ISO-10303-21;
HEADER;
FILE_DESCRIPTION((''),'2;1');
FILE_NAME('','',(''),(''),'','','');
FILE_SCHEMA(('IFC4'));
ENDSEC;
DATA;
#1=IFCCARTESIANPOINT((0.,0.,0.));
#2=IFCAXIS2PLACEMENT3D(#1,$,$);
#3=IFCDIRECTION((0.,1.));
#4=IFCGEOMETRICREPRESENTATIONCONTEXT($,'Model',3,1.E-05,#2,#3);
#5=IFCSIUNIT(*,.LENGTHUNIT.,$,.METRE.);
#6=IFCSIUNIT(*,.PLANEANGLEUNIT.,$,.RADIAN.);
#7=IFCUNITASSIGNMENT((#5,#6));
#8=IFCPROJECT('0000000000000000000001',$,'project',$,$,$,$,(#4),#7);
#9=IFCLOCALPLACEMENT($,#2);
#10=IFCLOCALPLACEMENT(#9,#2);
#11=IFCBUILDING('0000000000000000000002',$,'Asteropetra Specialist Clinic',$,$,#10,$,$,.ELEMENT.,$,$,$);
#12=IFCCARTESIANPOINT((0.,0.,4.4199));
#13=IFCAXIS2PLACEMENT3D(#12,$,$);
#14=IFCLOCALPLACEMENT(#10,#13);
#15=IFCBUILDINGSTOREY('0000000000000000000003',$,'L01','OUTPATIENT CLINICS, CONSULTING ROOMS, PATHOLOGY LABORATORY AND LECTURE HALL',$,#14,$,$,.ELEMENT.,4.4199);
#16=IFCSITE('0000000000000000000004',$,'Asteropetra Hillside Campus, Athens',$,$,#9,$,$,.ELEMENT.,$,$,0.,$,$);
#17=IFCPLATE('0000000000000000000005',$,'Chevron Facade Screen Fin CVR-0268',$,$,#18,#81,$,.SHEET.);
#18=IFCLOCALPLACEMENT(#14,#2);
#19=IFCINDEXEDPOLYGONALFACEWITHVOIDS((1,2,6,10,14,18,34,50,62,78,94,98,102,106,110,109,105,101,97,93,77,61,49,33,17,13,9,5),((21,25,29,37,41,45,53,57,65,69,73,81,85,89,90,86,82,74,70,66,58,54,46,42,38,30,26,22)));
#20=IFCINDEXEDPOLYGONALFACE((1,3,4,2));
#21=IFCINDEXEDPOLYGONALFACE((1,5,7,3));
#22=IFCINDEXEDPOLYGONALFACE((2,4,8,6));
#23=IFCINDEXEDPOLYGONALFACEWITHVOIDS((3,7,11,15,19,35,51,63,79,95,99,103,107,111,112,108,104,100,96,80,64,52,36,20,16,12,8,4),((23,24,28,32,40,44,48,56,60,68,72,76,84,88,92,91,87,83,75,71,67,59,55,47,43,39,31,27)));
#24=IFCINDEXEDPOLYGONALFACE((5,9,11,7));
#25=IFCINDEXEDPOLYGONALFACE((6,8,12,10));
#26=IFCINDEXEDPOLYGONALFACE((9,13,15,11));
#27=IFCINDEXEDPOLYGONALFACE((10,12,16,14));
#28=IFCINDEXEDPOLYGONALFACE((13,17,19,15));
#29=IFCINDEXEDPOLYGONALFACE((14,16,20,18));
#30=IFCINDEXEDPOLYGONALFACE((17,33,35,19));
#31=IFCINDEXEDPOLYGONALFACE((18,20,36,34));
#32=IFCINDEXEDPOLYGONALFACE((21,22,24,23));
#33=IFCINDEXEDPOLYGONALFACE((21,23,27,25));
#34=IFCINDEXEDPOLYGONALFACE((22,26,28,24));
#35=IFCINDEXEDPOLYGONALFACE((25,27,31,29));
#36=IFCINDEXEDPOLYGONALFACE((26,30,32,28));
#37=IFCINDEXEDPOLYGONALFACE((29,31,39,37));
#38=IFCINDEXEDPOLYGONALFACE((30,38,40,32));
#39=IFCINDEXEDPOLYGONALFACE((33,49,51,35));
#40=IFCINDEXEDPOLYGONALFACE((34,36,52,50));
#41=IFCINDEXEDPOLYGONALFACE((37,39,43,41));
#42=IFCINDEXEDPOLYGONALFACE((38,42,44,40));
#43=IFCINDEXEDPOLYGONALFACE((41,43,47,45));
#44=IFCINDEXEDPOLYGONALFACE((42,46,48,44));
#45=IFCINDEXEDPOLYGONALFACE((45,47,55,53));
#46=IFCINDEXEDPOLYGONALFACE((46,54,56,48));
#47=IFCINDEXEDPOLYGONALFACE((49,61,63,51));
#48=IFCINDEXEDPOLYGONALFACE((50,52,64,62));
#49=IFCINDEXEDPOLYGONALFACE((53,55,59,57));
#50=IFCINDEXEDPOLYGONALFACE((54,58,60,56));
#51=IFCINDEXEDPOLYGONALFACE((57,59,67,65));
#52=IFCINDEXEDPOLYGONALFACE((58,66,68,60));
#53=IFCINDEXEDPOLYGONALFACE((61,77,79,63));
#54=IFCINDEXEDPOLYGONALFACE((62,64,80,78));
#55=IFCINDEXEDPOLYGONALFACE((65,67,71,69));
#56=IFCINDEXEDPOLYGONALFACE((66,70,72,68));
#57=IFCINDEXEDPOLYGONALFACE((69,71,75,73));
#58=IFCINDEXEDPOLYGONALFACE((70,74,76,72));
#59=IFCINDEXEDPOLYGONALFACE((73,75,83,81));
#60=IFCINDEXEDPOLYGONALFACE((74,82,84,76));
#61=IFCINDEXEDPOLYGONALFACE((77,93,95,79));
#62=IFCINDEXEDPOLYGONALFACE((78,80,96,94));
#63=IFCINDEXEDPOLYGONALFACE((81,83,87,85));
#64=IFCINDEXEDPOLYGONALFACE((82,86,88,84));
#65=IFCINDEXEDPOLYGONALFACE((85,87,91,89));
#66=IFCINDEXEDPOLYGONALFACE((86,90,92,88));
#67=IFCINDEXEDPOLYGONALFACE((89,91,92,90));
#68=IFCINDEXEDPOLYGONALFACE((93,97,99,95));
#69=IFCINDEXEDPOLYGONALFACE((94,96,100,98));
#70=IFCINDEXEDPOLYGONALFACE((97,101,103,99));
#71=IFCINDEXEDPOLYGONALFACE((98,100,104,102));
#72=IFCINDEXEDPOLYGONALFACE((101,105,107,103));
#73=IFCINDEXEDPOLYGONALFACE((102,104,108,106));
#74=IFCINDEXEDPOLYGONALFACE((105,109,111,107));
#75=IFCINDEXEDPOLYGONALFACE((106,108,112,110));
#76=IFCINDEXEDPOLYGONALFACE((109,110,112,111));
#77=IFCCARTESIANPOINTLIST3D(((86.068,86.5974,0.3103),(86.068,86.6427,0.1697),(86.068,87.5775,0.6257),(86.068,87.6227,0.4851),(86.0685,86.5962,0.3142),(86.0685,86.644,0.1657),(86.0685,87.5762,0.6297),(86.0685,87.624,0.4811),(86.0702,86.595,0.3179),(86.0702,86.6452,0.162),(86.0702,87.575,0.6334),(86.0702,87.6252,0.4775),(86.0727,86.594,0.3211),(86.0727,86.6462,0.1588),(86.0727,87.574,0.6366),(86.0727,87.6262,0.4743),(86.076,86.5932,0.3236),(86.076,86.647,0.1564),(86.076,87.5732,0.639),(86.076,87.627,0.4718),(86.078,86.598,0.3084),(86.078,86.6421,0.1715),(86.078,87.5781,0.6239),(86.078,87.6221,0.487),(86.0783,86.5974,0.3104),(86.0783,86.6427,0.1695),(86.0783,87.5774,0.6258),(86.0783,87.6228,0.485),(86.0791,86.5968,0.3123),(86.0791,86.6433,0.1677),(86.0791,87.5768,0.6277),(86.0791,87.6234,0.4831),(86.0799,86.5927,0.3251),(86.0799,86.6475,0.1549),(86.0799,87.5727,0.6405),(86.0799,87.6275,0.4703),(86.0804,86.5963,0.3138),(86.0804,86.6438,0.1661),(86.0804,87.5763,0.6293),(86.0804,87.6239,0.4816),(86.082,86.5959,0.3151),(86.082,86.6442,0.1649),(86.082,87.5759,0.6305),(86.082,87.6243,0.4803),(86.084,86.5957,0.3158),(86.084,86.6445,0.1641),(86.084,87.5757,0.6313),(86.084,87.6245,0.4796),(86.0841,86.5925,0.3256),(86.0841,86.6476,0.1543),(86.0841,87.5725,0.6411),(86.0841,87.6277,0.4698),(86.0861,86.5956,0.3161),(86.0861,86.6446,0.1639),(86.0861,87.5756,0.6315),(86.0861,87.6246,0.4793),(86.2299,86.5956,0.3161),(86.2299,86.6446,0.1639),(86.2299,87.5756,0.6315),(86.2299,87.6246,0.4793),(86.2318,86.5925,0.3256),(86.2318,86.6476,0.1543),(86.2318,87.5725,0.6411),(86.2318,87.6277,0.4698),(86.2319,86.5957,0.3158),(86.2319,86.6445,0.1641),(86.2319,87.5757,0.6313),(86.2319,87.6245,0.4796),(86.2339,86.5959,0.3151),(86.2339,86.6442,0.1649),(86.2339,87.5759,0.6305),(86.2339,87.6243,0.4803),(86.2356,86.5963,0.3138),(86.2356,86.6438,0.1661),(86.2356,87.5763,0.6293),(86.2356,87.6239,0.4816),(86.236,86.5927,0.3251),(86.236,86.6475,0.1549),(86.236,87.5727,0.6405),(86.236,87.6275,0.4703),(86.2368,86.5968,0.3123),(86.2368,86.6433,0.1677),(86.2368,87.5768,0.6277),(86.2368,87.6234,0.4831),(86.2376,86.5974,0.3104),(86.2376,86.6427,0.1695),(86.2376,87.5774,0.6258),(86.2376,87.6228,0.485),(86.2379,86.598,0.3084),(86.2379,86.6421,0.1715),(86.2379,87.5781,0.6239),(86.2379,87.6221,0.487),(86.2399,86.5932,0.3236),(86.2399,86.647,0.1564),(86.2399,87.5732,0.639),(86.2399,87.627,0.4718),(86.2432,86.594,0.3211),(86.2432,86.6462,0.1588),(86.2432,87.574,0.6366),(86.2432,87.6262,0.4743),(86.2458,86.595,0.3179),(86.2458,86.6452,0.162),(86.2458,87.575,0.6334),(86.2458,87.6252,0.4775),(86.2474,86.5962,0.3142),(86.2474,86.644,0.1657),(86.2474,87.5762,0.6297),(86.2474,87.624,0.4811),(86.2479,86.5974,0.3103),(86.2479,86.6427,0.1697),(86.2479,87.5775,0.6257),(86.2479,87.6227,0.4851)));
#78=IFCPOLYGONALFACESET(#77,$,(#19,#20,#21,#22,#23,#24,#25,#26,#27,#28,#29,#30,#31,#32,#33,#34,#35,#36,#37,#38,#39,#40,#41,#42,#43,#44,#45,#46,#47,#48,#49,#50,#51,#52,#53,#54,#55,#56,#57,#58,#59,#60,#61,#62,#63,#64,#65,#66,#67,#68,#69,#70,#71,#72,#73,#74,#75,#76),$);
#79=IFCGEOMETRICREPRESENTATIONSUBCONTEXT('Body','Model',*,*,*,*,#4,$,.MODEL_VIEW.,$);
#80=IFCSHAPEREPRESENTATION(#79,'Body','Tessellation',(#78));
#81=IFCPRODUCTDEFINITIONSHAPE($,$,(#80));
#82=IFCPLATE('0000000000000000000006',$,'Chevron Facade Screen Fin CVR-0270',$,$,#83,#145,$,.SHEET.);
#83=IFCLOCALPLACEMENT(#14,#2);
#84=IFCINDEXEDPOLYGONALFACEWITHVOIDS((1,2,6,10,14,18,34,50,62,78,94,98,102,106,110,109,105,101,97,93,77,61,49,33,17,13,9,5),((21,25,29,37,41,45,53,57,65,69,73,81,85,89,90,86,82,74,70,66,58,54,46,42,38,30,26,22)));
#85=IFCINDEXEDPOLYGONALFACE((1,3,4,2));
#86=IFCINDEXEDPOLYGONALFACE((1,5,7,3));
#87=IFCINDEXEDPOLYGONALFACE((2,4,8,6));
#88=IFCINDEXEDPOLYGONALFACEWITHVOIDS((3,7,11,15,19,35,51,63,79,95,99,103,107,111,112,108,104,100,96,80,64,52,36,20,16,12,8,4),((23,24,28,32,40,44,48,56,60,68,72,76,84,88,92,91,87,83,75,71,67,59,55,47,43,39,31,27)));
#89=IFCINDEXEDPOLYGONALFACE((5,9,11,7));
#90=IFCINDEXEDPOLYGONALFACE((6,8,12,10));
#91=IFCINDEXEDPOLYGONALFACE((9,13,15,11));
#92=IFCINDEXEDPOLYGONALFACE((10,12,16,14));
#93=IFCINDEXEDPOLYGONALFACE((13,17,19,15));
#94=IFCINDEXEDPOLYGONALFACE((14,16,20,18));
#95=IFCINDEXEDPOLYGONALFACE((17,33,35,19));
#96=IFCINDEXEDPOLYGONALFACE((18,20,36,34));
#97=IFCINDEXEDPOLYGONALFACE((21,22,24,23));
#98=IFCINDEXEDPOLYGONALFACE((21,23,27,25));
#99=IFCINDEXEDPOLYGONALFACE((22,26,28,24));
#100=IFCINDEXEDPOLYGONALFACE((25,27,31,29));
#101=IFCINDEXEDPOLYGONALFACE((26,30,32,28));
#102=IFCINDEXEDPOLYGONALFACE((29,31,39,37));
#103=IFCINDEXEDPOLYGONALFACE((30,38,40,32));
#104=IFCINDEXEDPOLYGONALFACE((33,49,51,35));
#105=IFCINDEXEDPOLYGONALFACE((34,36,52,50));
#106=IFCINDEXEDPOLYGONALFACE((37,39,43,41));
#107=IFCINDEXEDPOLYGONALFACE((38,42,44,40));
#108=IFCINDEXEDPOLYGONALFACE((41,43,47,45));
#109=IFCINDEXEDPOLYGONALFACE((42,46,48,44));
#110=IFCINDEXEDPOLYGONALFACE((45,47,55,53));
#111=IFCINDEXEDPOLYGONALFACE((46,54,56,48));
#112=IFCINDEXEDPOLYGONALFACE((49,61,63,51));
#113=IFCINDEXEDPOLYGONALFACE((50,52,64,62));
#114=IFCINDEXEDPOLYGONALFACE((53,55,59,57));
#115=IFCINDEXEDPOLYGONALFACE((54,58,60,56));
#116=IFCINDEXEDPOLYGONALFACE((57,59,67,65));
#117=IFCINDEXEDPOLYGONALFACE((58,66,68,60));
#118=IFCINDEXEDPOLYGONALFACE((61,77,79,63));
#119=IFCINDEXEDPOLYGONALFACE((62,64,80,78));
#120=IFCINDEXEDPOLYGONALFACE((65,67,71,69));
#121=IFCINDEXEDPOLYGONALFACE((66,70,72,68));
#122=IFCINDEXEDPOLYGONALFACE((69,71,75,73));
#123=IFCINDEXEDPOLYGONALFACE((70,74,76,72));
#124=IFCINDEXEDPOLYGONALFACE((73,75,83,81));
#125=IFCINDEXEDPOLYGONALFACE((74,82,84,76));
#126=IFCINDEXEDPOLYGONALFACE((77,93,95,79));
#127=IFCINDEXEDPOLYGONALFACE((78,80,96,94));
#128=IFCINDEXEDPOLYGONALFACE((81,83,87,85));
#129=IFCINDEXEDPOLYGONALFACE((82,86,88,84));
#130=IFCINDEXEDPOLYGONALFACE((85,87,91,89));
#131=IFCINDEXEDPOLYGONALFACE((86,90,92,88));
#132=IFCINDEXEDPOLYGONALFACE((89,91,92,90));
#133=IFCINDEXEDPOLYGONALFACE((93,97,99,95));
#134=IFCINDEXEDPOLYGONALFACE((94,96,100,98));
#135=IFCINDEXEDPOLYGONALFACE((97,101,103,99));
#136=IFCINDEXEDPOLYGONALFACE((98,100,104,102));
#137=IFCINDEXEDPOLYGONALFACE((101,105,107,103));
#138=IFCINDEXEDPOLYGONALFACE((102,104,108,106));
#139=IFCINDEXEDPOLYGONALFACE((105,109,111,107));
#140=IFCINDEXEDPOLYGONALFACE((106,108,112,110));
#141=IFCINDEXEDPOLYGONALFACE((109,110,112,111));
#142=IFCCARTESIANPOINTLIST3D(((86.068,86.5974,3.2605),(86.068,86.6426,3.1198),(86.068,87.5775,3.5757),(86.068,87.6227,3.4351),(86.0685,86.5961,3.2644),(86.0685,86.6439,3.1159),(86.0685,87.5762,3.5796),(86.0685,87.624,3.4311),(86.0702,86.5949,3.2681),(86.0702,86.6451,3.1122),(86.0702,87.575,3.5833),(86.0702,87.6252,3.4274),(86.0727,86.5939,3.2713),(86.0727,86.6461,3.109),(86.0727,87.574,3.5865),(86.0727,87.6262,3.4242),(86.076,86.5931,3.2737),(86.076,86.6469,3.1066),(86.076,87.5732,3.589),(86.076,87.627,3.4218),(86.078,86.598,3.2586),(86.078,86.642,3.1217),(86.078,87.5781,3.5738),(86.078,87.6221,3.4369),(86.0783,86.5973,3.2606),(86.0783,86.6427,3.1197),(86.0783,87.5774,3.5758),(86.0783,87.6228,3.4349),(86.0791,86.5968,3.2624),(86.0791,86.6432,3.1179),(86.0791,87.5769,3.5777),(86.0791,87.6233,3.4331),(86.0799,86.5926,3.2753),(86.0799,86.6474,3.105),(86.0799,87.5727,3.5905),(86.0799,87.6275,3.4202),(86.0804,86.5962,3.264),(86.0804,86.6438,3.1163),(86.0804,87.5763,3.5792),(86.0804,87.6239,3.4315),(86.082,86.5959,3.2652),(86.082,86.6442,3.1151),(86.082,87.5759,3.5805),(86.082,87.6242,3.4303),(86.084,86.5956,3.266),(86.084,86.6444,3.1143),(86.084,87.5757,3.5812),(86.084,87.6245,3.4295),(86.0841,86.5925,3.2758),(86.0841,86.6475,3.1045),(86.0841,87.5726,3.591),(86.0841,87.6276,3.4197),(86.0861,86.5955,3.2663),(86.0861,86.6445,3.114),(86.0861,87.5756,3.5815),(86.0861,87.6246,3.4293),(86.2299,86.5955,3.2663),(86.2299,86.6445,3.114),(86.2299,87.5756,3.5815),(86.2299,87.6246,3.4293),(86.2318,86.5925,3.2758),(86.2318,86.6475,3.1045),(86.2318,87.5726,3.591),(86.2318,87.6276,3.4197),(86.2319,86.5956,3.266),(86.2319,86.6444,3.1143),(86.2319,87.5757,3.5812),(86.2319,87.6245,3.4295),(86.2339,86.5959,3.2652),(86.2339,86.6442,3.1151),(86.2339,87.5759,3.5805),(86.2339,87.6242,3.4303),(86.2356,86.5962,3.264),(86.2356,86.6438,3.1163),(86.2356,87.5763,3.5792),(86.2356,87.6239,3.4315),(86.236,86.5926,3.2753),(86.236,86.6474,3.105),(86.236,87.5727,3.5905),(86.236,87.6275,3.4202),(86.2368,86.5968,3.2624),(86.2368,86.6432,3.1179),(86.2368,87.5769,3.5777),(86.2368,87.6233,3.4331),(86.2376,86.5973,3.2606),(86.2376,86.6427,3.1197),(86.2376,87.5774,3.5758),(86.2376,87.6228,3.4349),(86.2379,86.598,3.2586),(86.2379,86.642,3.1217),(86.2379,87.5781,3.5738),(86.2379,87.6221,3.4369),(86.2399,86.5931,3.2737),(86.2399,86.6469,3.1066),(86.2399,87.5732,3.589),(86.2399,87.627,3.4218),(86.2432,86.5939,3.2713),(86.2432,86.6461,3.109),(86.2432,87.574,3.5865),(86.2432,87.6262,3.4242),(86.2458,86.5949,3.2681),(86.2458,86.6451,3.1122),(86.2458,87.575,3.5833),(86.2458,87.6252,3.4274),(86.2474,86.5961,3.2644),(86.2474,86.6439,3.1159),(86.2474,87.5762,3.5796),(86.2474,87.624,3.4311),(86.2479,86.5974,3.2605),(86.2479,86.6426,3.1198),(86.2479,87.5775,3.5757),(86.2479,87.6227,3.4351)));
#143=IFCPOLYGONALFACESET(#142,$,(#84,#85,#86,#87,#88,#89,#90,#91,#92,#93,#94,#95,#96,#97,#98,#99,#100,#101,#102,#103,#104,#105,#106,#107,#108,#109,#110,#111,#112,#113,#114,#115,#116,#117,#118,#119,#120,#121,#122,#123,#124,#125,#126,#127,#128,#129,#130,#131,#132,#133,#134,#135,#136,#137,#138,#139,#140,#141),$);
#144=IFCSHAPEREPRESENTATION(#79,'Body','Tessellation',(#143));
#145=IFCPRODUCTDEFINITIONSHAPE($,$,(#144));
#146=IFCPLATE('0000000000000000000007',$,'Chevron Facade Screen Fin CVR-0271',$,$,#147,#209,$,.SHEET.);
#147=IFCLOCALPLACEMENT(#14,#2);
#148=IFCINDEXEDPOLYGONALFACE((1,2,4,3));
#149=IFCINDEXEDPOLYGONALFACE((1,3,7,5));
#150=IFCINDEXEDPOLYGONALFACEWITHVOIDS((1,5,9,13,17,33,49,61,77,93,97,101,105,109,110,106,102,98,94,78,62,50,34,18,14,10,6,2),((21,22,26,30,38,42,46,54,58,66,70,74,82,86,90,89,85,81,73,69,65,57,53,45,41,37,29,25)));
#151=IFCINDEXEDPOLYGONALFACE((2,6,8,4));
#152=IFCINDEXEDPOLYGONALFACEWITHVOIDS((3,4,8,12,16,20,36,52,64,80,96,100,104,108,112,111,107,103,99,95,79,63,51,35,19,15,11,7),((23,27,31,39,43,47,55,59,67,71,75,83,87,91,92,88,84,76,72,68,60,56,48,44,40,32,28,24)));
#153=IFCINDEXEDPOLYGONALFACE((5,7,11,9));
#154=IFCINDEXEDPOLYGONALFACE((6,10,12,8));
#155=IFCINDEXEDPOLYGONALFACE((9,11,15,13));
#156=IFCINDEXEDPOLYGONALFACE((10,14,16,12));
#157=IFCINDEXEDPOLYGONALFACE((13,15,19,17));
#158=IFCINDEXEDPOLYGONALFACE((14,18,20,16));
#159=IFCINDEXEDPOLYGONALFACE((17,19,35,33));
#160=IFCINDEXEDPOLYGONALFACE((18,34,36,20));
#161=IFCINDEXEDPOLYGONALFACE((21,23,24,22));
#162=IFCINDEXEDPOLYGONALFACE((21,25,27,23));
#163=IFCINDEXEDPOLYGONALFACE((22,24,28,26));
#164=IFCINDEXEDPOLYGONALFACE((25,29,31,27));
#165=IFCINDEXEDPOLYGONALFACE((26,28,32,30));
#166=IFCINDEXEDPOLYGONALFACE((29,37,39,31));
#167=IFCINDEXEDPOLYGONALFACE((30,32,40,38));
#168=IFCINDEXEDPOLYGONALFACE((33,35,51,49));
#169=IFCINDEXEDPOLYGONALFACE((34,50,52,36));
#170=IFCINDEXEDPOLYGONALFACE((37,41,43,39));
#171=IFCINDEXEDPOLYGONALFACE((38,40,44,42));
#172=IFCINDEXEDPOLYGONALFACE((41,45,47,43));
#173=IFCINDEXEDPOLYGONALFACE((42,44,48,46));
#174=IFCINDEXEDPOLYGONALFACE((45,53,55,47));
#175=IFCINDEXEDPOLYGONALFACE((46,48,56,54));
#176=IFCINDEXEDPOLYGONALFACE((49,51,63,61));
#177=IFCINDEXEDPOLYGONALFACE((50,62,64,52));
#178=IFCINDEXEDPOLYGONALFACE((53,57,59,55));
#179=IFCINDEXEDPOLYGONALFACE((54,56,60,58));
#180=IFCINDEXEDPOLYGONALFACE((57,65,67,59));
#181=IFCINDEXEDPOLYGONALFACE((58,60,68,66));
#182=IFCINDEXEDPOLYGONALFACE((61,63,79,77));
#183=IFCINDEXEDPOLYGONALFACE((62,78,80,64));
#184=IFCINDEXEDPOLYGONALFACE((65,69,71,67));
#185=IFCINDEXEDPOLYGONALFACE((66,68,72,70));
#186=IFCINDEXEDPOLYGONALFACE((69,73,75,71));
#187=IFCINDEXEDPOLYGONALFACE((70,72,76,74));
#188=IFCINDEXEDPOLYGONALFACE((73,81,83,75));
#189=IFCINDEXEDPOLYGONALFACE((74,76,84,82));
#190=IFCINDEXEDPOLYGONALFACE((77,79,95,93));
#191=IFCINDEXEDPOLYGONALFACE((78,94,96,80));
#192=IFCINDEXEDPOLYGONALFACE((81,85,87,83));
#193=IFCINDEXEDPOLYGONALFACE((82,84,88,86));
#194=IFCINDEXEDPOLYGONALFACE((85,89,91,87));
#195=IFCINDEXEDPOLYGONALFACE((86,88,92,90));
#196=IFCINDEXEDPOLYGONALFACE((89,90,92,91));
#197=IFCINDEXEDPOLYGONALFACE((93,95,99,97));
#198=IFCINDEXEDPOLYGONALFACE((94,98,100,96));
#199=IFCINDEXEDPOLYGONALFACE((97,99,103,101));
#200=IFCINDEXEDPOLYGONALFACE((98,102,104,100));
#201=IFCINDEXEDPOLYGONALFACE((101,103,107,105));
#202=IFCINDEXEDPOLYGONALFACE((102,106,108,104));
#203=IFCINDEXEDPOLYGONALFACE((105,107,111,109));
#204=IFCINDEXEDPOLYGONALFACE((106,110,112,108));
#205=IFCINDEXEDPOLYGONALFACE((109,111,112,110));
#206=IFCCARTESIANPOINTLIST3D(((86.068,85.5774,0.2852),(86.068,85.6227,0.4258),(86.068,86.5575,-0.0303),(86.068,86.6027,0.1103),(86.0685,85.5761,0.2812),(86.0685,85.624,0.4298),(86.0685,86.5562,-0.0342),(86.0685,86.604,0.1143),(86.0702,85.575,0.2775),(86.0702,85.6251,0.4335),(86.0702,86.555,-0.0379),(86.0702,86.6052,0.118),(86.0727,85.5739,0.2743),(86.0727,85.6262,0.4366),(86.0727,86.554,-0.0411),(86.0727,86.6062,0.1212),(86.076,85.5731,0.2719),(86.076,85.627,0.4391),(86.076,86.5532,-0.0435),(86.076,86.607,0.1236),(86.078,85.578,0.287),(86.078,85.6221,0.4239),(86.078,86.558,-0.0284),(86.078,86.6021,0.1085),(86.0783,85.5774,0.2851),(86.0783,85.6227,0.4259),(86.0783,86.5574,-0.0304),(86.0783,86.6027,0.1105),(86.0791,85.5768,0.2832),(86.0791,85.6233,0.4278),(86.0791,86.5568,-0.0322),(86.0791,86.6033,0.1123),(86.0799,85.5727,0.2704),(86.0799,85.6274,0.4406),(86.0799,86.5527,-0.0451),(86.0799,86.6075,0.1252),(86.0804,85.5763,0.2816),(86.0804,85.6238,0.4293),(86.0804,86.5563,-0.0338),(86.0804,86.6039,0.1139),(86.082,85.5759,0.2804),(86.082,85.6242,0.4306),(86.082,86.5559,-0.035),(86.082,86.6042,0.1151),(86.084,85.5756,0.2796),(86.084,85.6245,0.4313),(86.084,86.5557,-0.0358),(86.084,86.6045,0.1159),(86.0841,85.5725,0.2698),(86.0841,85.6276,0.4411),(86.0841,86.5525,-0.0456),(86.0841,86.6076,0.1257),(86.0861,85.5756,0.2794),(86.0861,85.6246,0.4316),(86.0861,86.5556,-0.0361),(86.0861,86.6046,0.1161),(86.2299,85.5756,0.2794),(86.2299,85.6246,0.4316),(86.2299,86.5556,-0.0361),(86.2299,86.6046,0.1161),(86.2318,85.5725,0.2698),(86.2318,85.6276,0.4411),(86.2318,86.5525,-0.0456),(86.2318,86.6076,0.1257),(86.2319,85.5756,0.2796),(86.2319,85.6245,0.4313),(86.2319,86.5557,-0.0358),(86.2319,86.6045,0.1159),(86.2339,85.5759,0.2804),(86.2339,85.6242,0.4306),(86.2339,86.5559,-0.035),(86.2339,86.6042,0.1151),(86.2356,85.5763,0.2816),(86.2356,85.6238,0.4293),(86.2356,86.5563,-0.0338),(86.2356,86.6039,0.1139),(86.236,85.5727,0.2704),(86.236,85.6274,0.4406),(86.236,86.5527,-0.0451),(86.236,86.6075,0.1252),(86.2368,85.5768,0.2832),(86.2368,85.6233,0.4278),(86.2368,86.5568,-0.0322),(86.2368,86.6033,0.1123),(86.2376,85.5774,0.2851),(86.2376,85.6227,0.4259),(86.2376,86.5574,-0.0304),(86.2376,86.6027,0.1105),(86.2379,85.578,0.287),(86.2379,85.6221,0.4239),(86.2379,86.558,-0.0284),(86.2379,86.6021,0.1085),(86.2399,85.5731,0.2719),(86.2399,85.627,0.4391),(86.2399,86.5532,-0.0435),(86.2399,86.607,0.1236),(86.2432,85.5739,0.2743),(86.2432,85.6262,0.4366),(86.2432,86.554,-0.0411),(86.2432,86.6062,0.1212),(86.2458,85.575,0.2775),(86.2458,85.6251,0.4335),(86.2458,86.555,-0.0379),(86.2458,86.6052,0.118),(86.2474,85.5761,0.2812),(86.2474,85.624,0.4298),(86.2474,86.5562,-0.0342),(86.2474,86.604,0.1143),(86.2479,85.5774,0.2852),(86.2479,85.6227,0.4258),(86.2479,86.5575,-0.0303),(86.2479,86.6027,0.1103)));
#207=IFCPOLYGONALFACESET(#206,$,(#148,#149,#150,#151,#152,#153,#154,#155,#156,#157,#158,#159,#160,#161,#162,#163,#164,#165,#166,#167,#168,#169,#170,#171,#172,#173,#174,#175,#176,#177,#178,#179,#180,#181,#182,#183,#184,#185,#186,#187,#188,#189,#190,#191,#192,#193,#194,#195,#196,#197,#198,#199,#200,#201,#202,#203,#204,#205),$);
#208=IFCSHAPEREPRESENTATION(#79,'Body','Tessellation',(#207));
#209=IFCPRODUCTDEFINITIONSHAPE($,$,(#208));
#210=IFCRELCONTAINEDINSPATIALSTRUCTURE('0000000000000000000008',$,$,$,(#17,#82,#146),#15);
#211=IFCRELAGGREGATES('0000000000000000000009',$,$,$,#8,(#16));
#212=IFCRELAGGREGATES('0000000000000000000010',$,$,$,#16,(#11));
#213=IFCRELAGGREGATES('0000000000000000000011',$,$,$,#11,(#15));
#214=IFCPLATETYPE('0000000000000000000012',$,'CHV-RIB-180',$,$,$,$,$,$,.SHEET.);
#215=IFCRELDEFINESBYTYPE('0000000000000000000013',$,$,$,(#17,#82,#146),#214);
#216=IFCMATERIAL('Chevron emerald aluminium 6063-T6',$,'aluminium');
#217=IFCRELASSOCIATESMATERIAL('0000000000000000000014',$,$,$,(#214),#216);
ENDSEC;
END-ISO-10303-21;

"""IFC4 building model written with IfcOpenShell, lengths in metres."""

from ifc_helpers import new_model, si_unit, direction, frame, origin, origin_2d, place, context, subcontext, project, spatial, hollow_rectangle, extrude, material, material_profile, profile_set, type_object, element, save


model = new_model("IFC4")

# Units and contexts
model_context = context("Model", 3, precision=1e-05, world=origin(), true_north=direction((0.0, 1.0)))
body_context = subcontext(model_context, "Body", "Model", "MODEL_VIEW")
ifc_project = project(units=[si_unit("LENGTHUNIT", "METRE"), si_unit("PLANEANGLEUNIT", "RADIAN")], contexts=[model_context])

# Site, building, storey
site_placement = place(None, origin())
site = spatial("IfcSite", under=ifc_project, at=site_placement, Name="Asteropetra Hillside Campus, Athens", CompositionType="ELEMENT", RefElevation=0.0)
building_placement = place(site_placement, origin())
building = spatial("IfcBuilding", under=site, at=building_placement, Name="Asteropetra Specialist Clinic", CompositionType="ELEMENT")
storey_placement = place(building_placement, frame((0.0, 0.0, 4.4199)))
storey = spatial("IfcBuildingStorey", under=building, at=storey_placement, Name="L01", Description="OUTPATIENT CLINICS, CONSULTING ROOMS, PATHOLOGY LABORATORY AND LECTURE HALL", CompositionType="ELEMENT", Elevation=4.4199)

# Plates
ifc_material_1 = material(Name="Chevron emerald aluminium 6063-T6", Category="aluminium")
ifc_material_profile_1 = material_profile(ifc_material_1, hollow_rectangle(XDim=0.1799, YDim=0.1799, WallThickness=0.01, InnerFilletRadius=0.0081, OuterFilletRadius=0.0161, at=origin_2d()), Name="SHS 180x180x10.0")
ifc_profile_set_1 = profile_set([ifc_material_profile_1], Name="Chevron emerald aluminium 6063-T6")
plate_type = type_object("IfcPlateType", Name="CHV-RIB-180", PredefinedType="SHEET", material=ifc_profile_set_1)
for number, where, z_axis, x_axis, name in (
    (1, (86.158, 87.6001, 0.5554), (0.0, -0.951905, -0.306393), (1.0, 0.0, 0.0), "Chevron Facade Screen Fin CVR-0268"),
    (2, (86.158, 87.6001, 3.5054), (0.0, -0.951974, -0.306178), (1.0, 0.0, 0.0), "Chevron Facade Screen Fin CVR-0270"),
    (3, (86.158, 86.5801, 0.04), (0.0, -0.951905, 0.306393), (1.0, 0.0, 0.0), "Chevron Facade Screen Fin CVR-0271"),
):
    element("IfcPlate", number, at=place(storey_placement, frame(where, z_axis=z_axis, x_axis=x_axis)), inside=storey, type_object=plate_type, Name=name, PredefinedType="SHEET", context=body_context, shape_type="SweptSolid", body=[
        extrude(hollow_rectangle(XDim=0.1799, YDim=0.1799, WallThickness=0.01, InnerFilletRadius=0.0081, OuterFilletRadius=0.0161, at=origin_2d()), origin(), (0.0, 0.0, 1.0), 1.0295),
    ])

save(model, "model.ifc")
